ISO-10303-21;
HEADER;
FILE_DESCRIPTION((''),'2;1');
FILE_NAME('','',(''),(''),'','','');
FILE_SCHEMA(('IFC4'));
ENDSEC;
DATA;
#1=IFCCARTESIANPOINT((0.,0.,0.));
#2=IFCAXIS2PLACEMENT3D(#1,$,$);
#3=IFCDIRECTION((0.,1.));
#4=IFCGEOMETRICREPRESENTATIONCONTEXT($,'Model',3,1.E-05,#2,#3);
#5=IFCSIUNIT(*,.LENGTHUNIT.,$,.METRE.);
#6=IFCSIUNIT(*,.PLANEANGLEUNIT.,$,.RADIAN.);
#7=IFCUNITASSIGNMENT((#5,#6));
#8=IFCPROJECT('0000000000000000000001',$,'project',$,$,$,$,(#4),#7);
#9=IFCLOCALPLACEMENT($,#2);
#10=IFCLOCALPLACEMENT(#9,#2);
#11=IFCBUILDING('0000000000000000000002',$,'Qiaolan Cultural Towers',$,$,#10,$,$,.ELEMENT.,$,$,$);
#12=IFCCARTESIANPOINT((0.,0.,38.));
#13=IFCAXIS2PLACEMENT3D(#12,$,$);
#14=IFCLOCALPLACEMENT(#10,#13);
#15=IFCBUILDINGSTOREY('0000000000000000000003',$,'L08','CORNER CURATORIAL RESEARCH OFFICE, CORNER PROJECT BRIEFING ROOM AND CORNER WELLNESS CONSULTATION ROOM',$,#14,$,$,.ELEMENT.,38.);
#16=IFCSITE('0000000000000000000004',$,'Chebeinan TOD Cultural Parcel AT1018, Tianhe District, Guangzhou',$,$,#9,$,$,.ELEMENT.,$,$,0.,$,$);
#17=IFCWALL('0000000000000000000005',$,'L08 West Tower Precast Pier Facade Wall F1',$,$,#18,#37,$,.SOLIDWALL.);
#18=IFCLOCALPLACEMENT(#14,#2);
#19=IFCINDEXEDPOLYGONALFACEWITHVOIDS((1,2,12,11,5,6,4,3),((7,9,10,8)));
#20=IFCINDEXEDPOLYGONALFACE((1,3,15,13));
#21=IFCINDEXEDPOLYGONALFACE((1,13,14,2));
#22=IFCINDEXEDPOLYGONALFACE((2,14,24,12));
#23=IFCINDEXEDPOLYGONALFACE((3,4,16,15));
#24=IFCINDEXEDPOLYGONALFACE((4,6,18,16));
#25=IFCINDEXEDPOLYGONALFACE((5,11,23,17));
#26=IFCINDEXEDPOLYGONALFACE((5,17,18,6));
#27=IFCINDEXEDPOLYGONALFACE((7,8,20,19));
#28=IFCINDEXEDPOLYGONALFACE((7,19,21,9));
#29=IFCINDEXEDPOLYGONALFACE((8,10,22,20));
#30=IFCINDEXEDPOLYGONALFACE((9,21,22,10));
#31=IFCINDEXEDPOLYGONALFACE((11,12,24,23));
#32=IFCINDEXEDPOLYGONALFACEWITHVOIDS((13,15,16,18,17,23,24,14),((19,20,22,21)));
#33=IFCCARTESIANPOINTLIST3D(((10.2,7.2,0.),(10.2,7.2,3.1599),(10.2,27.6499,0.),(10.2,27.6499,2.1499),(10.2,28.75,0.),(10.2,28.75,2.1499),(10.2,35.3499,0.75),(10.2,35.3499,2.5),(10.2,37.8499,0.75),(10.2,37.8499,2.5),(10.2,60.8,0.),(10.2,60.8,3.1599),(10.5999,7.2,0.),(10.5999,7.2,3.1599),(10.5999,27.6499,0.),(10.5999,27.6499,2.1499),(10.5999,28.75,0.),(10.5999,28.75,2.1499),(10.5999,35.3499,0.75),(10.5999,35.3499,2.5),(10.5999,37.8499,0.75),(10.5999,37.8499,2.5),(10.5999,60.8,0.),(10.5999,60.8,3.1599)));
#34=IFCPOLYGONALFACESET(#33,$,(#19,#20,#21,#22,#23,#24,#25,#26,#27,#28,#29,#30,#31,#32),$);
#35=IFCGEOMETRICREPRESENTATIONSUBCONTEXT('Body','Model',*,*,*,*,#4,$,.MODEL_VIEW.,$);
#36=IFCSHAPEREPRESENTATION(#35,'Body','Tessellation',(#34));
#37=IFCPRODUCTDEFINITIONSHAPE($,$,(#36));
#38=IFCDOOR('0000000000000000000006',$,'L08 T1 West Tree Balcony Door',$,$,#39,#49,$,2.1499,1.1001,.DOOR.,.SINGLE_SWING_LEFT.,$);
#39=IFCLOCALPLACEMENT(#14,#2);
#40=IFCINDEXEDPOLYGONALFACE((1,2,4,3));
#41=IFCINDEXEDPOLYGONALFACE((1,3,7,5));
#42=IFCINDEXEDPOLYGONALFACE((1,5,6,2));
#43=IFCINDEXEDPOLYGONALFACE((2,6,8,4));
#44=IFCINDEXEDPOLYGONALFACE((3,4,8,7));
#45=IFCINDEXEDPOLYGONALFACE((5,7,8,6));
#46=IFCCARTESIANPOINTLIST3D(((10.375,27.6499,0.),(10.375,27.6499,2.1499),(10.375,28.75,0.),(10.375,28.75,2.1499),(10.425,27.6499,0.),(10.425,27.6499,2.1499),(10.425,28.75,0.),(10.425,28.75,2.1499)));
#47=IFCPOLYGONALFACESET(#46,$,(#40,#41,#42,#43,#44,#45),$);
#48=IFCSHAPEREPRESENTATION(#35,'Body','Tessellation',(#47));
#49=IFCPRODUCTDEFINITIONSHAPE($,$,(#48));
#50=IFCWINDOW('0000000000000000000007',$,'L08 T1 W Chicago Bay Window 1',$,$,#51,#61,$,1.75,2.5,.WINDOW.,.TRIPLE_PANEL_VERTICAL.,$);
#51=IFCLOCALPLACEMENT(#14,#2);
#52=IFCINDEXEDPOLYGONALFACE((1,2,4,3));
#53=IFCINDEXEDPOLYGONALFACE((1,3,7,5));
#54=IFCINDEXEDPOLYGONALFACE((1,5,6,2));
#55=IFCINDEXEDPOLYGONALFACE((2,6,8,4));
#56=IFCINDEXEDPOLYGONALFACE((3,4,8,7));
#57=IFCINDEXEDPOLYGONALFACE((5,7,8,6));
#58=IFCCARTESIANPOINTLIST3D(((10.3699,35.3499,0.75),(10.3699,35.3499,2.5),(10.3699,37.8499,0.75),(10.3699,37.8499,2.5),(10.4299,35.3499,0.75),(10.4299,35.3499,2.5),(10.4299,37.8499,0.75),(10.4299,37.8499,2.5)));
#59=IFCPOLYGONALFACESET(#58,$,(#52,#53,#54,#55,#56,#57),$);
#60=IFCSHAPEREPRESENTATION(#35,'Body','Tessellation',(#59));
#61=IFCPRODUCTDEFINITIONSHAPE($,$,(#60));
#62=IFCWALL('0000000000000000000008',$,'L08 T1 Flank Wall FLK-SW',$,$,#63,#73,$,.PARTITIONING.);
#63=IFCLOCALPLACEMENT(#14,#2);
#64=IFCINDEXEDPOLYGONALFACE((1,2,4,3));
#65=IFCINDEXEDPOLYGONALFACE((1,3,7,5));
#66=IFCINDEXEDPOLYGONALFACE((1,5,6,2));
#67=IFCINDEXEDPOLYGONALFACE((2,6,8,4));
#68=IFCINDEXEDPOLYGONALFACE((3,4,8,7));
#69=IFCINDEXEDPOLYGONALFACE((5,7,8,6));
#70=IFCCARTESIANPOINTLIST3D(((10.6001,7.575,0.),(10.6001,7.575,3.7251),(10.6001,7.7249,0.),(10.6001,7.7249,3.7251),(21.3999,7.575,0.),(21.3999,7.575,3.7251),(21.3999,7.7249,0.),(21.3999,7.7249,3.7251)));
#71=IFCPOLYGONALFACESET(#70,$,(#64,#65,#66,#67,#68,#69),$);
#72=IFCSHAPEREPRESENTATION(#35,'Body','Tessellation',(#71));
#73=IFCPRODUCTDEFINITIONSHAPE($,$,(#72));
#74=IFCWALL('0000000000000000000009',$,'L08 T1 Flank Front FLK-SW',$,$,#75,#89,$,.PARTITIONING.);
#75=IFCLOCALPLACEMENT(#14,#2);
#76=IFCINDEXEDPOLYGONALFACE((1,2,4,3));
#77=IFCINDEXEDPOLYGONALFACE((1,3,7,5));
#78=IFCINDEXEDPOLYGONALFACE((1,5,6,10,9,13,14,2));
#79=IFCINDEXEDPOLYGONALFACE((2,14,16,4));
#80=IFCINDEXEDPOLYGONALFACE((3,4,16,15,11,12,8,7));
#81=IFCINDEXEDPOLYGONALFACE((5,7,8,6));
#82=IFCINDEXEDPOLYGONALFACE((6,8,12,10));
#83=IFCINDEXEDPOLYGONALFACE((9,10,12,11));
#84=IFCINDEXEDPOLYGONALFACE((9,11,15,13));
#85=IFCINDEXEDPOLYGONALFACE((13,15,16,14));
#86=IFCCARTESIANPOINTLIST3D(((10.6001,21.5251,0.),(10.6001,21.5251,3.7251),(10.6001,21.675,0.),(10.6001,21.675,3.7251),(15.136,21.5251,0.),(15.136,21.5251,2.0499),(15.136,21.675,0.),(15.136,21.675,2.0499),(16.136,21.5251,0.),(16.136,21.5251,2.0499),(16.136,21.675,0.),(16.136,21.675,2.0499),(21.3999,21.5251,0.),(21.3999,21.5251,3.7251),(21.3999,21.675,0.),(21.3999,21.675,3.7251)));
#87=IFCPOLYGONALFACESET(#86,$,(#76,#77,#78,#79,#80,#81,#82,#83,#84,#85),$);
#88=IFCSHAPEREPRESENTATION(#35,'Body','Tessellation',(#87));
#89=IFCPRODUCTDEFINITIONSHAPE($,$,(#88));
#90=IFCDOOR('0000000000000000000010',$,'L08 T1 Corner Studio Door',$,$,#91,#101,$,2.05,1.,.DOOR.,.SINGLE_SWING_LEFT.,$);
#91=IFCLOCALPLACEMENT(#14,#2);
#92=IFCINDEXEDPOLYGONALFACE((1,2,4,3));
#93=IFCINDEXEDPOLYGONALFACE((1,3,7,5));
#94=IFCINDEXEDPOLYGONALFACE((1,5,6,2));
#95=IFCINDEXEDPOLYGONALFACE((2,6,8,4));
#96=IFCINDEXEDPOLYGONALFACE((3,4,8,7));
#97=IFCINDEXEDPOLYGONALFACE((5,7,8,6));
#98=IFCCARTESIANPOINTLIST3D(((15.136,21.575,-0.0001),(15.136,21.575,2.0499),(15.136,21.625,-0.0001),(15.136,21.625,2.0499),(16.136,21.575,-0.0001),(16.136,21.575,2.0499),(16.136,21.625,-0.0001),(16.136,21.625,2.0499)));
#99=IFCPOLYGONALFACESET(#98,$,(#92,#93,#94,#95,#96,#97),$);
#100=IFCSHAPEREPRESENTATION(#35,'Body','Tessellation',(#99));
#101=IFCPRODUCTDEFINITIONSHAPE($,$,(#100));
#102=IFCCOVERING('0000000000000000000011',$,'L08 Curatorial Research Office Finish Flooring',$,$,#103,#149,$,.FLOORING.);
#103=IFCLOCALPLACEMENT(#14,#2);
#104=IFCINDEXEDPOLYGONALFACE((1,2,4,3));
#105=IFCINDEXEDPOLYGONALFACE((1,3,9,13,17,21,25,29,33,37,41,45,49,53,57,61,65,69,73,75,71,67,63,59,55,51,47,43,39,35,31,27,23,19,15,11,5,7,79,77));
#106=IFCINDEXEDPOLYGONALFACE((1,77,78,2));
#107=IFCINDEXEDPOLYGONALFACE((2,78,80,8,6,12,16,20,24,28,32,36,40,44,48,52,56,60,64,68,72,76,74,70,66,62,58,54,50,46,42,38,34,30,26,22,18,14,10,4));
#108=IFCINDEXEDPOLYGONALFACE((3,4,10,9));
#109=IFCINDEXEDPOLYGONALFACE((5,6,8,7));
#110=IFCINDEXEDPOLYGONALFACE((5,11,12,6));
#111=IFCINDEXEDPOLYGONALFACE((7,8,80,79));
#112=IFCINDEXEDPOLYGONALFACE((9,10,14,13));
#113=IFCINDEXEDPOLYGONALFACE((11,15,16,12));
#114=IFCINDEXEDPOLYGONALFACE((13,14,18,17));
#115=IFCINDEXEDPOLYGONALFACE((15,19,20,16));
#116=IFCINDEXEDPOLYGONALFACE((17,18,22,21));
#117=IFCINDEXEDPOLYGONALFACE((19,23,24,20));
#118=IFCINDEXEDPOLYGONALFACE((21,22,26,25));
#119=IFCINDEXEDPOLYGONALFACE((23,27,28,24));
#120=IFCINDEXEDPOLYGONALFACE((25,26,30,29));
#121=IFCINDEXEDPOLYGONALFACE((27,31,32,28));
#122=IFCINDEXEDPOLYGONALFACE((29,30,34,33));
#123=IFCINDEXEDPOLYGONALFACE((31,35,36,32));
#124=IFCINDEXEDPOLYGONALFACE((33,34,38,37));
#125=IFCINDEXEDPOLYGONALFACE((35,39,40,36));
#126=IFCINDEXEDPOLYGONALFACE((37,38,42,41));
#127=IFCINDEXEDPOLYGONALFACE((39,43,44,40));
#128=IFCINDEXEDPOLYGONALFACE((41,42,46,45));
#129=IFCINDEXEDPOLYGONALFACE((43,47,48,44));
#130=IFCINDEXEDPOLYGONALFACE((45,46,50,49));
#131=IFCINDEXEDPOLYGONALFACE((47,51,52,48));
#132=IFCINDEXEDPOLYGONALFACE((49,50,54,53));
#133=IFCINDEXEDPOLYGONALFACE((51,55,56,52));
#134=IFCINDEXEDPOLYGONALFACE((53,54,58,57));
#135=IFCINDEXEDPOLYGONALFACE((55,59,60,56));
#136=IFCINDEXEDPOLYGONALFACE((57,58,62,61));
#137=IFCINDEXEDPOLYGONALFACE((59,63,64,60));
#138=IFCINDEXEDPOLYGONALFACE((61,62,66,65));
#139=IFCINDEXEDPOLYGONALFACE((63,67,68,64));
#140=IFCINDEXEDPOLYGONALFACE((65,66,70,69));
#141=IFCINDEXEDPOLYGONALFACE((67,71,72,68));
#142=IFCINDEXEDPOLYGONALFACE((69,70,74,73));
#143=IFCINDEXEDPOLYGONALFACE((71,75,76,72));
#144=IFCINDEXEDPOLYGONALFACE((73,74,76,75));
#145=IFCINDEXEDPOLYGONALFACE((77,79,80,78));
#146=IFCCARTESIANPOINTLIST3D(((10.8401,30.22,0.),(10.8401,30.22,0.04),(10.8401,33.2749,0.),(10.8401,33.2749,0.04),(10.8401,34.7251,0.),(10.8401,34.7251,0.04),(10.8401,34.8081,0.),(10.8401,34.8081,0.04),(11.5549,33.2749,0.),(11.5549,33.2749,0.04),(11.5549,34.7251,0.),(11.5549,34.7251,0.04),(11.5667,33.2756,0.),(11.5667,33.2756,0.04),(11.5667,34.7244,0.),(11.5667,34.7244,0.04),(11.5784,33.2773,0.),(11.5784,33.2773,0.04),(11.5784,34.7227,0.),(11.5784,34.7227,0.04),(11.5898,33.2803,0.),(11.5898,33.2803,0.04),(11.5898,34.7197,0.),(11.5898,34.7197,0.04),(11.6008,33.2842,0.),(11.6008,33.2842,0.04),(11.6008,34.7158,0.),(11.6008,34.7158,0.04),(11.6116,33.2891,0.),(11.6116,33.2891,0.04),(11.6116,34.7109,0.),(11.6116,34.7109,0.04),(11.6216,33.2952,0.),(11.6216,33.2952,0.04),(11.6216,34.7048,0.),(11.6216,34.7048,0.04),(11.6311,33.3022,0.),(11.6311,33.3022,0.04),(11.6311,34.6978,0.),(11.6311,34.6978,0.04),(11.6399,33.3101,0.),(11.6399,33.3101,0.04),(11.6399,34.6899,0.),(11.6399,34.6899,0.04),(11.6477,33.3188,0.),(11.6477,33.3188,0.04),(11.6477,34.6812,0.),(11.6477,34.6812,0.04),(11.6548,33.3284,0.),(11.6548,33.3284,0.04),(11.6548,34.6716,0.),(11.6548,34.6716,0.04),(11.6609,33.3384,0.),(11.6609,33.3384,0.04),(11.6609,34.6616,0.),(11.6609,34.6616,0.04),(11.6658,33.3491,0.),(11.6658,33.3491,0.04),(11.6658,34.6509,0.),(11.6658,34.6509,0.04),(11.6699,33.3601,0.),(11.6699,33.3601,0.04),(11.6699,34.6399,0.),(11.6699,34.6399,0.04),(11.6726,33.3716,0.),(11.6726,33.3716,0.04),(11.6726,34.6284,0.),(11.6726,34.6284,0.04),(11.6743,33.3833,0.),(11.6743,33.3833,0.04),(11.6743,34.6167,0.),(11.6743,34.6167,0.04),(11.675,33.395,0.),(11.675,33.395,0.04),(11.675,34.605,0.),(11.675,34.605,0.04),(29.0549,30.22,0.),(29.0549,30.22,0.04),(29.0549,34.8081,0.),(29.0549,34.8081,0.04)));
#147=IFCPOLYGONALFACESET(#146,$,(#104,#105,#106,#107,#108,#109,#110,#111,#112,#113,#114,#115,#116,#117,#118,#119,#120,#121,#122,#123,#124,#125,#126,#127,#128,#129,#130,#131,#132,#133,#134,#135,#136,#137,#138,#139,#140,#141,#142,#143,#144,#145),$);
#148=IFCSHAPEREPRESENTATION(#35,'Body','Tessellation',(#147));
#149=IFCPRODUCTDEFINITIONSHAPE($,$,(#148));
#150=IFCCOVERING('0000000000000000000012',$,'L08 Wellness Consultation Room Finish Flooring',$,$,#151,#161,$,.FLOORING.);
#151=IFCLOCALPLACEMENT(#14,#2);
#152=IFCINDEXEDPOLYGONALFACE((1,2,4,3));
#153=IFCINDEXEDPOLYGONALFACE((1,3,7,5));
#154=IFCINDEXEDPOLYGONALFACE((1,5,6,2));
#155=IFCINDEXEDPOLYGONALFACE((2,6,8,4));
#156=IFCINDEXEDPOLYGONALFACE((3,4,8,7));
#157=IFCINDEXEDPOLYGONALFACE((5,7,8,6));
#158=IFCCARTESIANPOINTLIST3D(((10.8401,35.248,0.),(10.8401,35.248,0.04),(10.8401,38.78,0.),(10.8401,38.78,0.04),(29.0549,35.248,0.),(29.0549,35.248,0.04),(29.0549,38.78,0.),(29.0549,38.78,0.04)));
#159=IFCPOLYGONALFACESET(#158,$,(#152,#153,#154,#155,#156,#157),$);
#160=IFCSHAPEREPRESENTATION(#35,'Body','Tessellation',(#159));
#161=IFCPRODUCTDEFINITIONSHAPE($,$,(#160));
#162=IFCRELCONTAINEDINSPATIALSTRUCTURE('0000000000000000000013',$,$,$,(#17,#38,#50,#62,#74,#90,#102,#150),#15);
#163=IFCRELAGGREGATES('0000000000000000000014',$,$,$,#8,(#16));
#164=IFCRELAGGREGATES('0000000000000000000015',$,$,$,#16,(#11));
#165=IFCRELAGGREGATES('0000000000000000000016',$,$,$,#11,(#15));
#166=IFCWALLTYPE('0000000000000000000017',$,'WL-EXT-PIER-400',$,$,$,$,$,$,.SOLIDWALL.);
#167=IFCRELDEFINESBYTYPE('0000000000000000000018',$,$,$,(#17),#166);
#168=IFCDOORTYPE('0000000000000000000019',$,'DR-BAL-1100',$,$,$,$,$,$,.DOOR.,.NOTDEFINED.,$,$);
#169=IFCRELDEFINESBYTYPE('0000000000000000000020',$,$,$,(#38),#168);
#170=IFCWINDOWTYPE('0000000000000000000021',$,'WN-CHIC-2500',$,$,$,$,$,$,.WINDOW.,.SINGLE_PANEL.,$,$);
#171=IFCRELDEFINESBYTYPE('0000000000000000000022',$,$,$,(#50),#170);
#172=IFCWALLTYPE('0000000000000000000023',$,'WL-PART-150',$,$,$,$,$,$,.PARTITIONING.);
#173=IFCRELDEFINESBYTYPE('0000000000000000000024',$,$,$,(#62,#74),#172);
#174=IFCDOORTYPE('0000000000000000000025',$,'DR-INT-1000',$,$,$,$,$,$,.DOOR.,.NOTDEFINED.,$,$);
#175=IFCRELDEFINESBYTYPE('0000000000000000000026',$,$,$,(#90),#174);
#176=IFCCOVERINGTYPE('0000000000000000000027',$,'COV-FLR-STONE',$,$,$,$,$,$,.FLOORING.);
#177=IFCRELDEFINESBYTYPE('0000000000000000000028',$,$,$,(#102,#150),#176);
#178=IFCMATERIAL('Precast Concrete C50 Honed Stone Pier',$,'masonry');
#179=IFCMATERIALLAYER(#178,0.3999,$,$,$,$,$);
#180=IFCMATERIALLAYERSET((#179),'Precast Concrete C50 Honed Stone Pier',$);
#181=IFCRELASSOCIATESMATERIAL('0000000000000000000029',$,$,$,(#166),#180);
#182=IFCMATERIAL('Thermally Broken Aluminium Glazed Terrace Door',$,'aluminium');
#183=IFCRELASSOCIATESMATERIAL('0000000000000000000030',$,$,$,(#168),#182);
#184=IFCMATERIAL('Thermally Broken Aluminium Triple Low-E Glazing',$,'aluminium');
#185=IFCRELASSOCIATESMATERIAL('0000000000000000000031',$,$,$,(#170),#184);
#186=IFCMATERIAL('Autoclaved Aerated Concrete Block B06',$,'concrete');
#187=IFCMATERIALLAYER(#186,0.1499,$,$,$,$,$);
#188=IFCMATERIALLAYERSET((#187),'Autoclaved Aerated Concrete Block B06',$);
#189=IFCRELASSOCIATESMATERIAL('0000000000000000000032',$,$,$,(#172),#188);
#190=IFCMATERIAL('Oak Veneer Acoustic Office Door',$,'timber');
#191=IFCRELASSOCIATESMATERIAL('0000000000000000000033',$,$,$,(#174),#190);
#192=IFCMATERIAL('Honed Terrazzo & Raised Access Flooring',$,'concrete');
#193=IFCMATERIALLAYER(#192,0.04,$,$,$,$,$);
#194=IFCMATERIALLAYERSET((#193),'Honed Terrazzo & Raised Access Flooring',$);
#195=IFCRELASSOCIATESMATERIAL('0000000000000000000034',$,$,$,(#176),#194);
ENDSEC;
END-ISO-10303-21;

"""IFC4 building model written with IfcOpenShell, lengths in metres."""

from ifc_helpers import new_model, si_unit, direction, frame, frame_2d, origin, place, context, subcontext, project, spatial, polyline, rectangle, outline, extrude, material, layer, layer_set, type_object, element, fill, save


model = new_model("IFC4")

# Units and contexts
model_context = context("Model", 3, precision=1e-05, world=origin(), true_north=direction((0.0, 1.0)))
body_context = subcontext(model_context, "Body", "Model", "MODEL_VIEW")
ifc_project = project(units=[si_unit("LENGTHUNIT", "METRE"), si_unit("PLANEANGLEUNIT", "RADIAN")], contexts=[model_context])

# Site, building, storey
site_placement = place(None, origin())
site = spatial("IfcSite", under=ifc_project, at=site_placement, Name="Chebeinan TOD Cultural Parcel AT1018, Tianhe District, Guangzhou", CompositionType="ELEMENT", RefElevation=0.0)
building_placement = place(site_placement, origin())
building = spatial("IfcBuilding", under=site, at=building_placement, Name="Qiaolan Cultural Towers", CompositionType="ELEMENT")
storey_placement = place(building_placement, frame((0.0, 0.0, 38.0)))
storey = spatial("IfcBuildingStorey", under=building, at=storey_placement, Name="L08", Description="CORNER CURATORIAL RESEARCH OFFICE, CORNER PROJECT BRIEFING ROOM AND CORNER WELLNESS CONSULTATION ROOM", CompositionType="ELEMENT", Elevation=38.0)

# Wall, openings, door, window
ifc_material_1 = material(Name="Precast Concrete C50 Honed Stone Pier", Category="masonry")
ifc_layer_1 = layer(ifc_material_1, 0.3999)
ifc_layer_set_1 = layer_set([ifc_layer_1], Name="Precast Concrete C50 Honed Stone Pier")
wall_type_1 = type_object("IfcWallType", Name="WL-EXT-PIER-400", PredefinedType="SOLIDWALL", material=ifc_layer_set_1)
wall_1_placement = place(storey_placement, frame((10.3999, 7.2, 0.0), z_axis=(0.0, 0.0, 1.0), x_axis=(0.0, 1.0, 0.0)))
wall_1 = element("IfcWall", 1, at=wall_1_placement, inside=storey, type_object=wall_type_1, Name="L08 West Tower Precast Pier Facade Wall F1", PredefinedType="SOLIDWALL", context=body_context, shape_type="SweptSolid", body=[
    extrude(rectangle(XDim=53.6001, YDim=0.3999, at=frame_2d((26.8, 0.0))), origin(), (0.0, 0.0, 1.0), 3.1599),
])
opening_1_placement = place(wall_1_placement, frame((28.1499, 0.0, 0.75)))
opening_1 = element("IfcOpeningElement", 2, at=opening_1_placement, cuts=wall_1, PredefinedType="OPENING", context=body_context, shape_type="SweptSolid", body=[
    extrude(rectangle(XDim=2.5, YDim=1.75, at=frame_2d((1.25, 0.875))), frame((0.0, 0.21, 0.0), z_axis=(0.0, -1.0, 0.0), x_axis=(1.0, 0.0, 0.0)), (0.0, 0.0, 1.0), 0.4199),
])
opening_2_placement = place(wall_1_placement, frame((20.45, 0.0, 0.0)))
opening_2 = element("IfcOpeningElement", 3, at=opening_2_placement, cuts=wall_1, PredefinedType="OPENING", context=body_context, shape_type="SweptSolid", body=[
    extrude(rectangle(XDim=1.1001, YDim=2.1499, at=frame_2d((0.55, 1.075))), frame((0.0, 0.21, 0.0), z_axis=(0.0, -1.0, 0.0), x_axis=(1.0, 0.0, 0.0)), (0.0, 0.0, 1.0), 0.4199),
])
ifc_material_2 = material(Name="Thermally Broken Aluminium Glazed Terrace Door", Category="aluminium")
door_type_1 = type_object("IfcDoorType", Name="DR-BAL-1100", OperationType="NOTDEFINED", PredefinedType="DOOR", material=ifc_material_2)
door_1_placement = place(opening_2_placement, origin())
door_1 = element("IfcDoor", 4, at=door_1_placement, inside=storey, type_object=door_type_1, Name="L08 T1 West Tree Balcony Door", OperationType="SINGLE_SWING_LEFT", OverallHeight=2.1499, OverallWidth=1.1001, PredefinedType="DOOR", context=body_context, shape_type="SweptSolid", body=[
    extrude(rectangle(XDim=1.1001, YDim=2.1499, at=frame_2d((0.55, 1.075))), frame((0.0, 0.0249, 0.0), z_axis=(0.0, -1.0, 0.0), x_axis=(1.0, 0.0, 0.0)), (0.0, 0.0, 1.0), 0.05),
])
fill(opening_2, door_1)
ifc_material_3 = material(Name="Thermally Broken Aluminium Triple Low-E Glazing", Category="aluminium")
window_type = type_object("IfcWindowType", Name="WN-CHIC-2500", PartitioningType="SINGLE_PANEL", PredefinedType="WINDOW", material=ifc_material_3)
window_placement = place(opening_1_placement, origin())
window = element("IfcWindow", 5, at=window_placement, inside=storey, type_object=window_type, Name="L08 T1 W Chicago Bay Window 1", OverallHeight=1.75, OverallWidth=2.5, PartitioningType="TRIPLE_PANEL_VERTICAL", PredefinedType="WINDOW", context=body_context, shape_type="SweptSolid", body=[
    extrude(rectangle(XDim=2.5, YDim=1.75, at=frame_2d((1.25, 0.875))), frame((0.0, 0.03, 0.0), z_axis=(0.0, -1.0, 0.0), x_axis=(1.0, 0.0, 0.0)), (0.0, 0.0, 1.0), 0.0601),
])
fill(opening_1, window)

# Wall
ifc_material_4 = material(Name="Autoclaved Aerated Concrete Block B06", Category="concrete")
ifc_layer_2 = layer(ifc_material_4, 0.1499)
ifc_layer_set_2 = layer_set([ifc_layer_2], Name="Autoclaved Aerated Concrete Block B06")
wall_type_2 = type_object("IfcWallType", Name="WL-PART-150", PredefinedType="PARTITIONING", material=ifc_layer_set_2)
wall_2_placement = place(storey_placement, frame((10.6001, 7.6499, 0.0), z_axis=(0.0, 0.0, 1.0), x_axis=(1.0, 0.0, 0.0)))
element("IfcWall", 6, at=wall_2_placement, inside=storey, type_object=wall_type_2, Name="L08 T1 Flank Wall FLK-SW", PredefinedType="PARTITIONING", context=body_context, shape_type="SweptSolid", body=[
    extrude(rectangle(XDim=10.7998, YDim=0.1499, at=frame_2d((5.3999, 0.0))), origin(), (0.0, 0.0, 1.0), 3.7251),
])

# Wall, opening, door
wall_3_placement = place(storey_placement, frame((10.6001, 21.6001, 0.0), z_axis=(0.0, 0.0, 1.0), x_axis=(1.0, 0.0, 0.0)))
wall_3 = element("IfcWall", 7, at=wall_3_placement, inside=storey, type_object=wall_type_2, Name="L08 T1 Flank Front FLK-SW", PredefinedType="PARTITIONING", context=body_context, shape_type="SweptSolid", body=[
    extrude(rectangle(XDim=10.7998, YDim=0.1499, at=frame_2d((5.3999, 0.0))), origin(), (0.0, 0.0, 1.0), 3.7251),
])
opening_3_placement = place(wall_3_placement, frame((4.5359, 0.0, 0.0)))
opening_3 = element("IfcOpeningElement", 8, at=opening_3_placement, cuts=wall_3, PredefinedType="OPENING", context=body_context, shape_type="SweptSolid", body=[
    extrude(rectangle(XDim=1.0, YDim=2.05, at=frame_2d((0.5, 1.0249))), frame((0.0, 0.085, 0.0), z_axis=(0.0, -1.0, 0.0), x_axis=(1.0, 0.0, 0.0)), (0.0, 0.0, 1.0), 0.1699),
])
ifc_material_5 = material(Name="Oak Veneer Acoustic Office Door", Category="timber")
door_type_2 = type_object("IfcDoorType", Name="DR-INT-1000", OperationType="NOTDEFINED", PredefinedType="DOOR", material=ifc_material_5)
door_2_placement = place(opening_3_placement, origin())
door_2 = element("IfcDoor", 9, at=door_2_placement, inside=storey, type_object=door_type_2, Name="L08 T1 Corner Studio Door", OperationType="SINGLE_SWING_LEFT", OverallHeight=2.05, OverallWidth=1.0, PredefinedType="DOOR", context=body_context, shape_type="SweptSolid", body=[
    extrude(rectangle(XDim=1.0, YDim=2.05, at=frame_2d((0.5, 1.0249))), frame((0.0, 0.0249, 0.0), z_axis=(0.0, -1.0, 0.0), x_axis=(1.0, 0.0, 0.0)), (0.0, 0.0, 1.0), 0.05),
])
fill(opening_3, door_2)

# Coverings
ifc_material_6 = material(Name="Honed Terrazzo & Raised Access Flooring", Category="concrete")
ifc_layer_3 = layer(ifc_material_6, 0.04)
ifc_layer_set_3 = layer_set([ifc_layer_3], Name="Honed Terrazzo & Raised Access Flooring")
covering_type = type_object("IfcCoveringType", Name="COV-FLR-STONE", PredefinedType="FLOORING", material=ifc_layer_set_3)
covering_1_placement = place(storey_placement, origin())
element("IfcCovering", 10, at=covering_1_placement, inside=storey, type_object=covering_type, Name="L08 Curatorial Research Office Finish Flooring", PredefinedType="FLOORING", context=body_context, shape_type="SweptSolid", body=[
    extrude(outline(polyline([(10.8401, 34.7251), (11.5549, 34.7251), (11.5667, 34.7244), (11.5784, 34.7227), (11.5898, 34.7197), (11.6008, 34.7158), (11.6116, 34.7109), (11.6216, 34.7048), (11.6311, 34.6978), (11.6399, 34.6899), (11.6477, 34.6812), (11.6548, 34.6716), (11.6609, 34.6616), (11.6658, 34.6509), (11.6699, 34.6399), (11.6726, 34.6284), (11.6743, 34.6167), (11.675, 34.605), (11.675, 33.395), (11.6743, 33.3833), (11.6726, 33.3716), (11.6699, 33.3601), (11.6658, 33.3491), (11.6609, 33.3384), (11.6548, 33.3284), (11.6477, 33.3188), (11.6399, 33.3101), (11.6311, 33.3022), (11.6216, 33.2952), (11.6116, 33.2891), (11.6008, 33.2842), (11.5898, 33.2803), (11.5784, 33.2773), (11.5667, 33.2756), (11.5549, 33.2749), (10.8401, 33.2749), (10.8401, 30.22), (29.0549, 30.22), (29.0549, 34.8081), (10.8401, 34.8081), (10.8401, 34.7251)])), origin(), (0.0, 0.0, 1.0), 0.04),
])
covering_2_placement = place(storey_placement, origin())
element("IfcCovering", 11, at=covering_2_placement, inside=storey, type_object=covering_type, Name="L08 Wellness Consultation Room Finish Flooring", PredefinedType="FLOORING", context=body_context, shape_type="SweptSolid", body=[
    extrude(outline(polyline([(29.0549, 35.248), (29.0549, 38.78), (10.8401, 38.78), (10.8401, 35.248), (29.0549, 35.248)])), origin(), (0.0, 0.0, 1.0), 0.04),
])

save(model, "model.ifc")
